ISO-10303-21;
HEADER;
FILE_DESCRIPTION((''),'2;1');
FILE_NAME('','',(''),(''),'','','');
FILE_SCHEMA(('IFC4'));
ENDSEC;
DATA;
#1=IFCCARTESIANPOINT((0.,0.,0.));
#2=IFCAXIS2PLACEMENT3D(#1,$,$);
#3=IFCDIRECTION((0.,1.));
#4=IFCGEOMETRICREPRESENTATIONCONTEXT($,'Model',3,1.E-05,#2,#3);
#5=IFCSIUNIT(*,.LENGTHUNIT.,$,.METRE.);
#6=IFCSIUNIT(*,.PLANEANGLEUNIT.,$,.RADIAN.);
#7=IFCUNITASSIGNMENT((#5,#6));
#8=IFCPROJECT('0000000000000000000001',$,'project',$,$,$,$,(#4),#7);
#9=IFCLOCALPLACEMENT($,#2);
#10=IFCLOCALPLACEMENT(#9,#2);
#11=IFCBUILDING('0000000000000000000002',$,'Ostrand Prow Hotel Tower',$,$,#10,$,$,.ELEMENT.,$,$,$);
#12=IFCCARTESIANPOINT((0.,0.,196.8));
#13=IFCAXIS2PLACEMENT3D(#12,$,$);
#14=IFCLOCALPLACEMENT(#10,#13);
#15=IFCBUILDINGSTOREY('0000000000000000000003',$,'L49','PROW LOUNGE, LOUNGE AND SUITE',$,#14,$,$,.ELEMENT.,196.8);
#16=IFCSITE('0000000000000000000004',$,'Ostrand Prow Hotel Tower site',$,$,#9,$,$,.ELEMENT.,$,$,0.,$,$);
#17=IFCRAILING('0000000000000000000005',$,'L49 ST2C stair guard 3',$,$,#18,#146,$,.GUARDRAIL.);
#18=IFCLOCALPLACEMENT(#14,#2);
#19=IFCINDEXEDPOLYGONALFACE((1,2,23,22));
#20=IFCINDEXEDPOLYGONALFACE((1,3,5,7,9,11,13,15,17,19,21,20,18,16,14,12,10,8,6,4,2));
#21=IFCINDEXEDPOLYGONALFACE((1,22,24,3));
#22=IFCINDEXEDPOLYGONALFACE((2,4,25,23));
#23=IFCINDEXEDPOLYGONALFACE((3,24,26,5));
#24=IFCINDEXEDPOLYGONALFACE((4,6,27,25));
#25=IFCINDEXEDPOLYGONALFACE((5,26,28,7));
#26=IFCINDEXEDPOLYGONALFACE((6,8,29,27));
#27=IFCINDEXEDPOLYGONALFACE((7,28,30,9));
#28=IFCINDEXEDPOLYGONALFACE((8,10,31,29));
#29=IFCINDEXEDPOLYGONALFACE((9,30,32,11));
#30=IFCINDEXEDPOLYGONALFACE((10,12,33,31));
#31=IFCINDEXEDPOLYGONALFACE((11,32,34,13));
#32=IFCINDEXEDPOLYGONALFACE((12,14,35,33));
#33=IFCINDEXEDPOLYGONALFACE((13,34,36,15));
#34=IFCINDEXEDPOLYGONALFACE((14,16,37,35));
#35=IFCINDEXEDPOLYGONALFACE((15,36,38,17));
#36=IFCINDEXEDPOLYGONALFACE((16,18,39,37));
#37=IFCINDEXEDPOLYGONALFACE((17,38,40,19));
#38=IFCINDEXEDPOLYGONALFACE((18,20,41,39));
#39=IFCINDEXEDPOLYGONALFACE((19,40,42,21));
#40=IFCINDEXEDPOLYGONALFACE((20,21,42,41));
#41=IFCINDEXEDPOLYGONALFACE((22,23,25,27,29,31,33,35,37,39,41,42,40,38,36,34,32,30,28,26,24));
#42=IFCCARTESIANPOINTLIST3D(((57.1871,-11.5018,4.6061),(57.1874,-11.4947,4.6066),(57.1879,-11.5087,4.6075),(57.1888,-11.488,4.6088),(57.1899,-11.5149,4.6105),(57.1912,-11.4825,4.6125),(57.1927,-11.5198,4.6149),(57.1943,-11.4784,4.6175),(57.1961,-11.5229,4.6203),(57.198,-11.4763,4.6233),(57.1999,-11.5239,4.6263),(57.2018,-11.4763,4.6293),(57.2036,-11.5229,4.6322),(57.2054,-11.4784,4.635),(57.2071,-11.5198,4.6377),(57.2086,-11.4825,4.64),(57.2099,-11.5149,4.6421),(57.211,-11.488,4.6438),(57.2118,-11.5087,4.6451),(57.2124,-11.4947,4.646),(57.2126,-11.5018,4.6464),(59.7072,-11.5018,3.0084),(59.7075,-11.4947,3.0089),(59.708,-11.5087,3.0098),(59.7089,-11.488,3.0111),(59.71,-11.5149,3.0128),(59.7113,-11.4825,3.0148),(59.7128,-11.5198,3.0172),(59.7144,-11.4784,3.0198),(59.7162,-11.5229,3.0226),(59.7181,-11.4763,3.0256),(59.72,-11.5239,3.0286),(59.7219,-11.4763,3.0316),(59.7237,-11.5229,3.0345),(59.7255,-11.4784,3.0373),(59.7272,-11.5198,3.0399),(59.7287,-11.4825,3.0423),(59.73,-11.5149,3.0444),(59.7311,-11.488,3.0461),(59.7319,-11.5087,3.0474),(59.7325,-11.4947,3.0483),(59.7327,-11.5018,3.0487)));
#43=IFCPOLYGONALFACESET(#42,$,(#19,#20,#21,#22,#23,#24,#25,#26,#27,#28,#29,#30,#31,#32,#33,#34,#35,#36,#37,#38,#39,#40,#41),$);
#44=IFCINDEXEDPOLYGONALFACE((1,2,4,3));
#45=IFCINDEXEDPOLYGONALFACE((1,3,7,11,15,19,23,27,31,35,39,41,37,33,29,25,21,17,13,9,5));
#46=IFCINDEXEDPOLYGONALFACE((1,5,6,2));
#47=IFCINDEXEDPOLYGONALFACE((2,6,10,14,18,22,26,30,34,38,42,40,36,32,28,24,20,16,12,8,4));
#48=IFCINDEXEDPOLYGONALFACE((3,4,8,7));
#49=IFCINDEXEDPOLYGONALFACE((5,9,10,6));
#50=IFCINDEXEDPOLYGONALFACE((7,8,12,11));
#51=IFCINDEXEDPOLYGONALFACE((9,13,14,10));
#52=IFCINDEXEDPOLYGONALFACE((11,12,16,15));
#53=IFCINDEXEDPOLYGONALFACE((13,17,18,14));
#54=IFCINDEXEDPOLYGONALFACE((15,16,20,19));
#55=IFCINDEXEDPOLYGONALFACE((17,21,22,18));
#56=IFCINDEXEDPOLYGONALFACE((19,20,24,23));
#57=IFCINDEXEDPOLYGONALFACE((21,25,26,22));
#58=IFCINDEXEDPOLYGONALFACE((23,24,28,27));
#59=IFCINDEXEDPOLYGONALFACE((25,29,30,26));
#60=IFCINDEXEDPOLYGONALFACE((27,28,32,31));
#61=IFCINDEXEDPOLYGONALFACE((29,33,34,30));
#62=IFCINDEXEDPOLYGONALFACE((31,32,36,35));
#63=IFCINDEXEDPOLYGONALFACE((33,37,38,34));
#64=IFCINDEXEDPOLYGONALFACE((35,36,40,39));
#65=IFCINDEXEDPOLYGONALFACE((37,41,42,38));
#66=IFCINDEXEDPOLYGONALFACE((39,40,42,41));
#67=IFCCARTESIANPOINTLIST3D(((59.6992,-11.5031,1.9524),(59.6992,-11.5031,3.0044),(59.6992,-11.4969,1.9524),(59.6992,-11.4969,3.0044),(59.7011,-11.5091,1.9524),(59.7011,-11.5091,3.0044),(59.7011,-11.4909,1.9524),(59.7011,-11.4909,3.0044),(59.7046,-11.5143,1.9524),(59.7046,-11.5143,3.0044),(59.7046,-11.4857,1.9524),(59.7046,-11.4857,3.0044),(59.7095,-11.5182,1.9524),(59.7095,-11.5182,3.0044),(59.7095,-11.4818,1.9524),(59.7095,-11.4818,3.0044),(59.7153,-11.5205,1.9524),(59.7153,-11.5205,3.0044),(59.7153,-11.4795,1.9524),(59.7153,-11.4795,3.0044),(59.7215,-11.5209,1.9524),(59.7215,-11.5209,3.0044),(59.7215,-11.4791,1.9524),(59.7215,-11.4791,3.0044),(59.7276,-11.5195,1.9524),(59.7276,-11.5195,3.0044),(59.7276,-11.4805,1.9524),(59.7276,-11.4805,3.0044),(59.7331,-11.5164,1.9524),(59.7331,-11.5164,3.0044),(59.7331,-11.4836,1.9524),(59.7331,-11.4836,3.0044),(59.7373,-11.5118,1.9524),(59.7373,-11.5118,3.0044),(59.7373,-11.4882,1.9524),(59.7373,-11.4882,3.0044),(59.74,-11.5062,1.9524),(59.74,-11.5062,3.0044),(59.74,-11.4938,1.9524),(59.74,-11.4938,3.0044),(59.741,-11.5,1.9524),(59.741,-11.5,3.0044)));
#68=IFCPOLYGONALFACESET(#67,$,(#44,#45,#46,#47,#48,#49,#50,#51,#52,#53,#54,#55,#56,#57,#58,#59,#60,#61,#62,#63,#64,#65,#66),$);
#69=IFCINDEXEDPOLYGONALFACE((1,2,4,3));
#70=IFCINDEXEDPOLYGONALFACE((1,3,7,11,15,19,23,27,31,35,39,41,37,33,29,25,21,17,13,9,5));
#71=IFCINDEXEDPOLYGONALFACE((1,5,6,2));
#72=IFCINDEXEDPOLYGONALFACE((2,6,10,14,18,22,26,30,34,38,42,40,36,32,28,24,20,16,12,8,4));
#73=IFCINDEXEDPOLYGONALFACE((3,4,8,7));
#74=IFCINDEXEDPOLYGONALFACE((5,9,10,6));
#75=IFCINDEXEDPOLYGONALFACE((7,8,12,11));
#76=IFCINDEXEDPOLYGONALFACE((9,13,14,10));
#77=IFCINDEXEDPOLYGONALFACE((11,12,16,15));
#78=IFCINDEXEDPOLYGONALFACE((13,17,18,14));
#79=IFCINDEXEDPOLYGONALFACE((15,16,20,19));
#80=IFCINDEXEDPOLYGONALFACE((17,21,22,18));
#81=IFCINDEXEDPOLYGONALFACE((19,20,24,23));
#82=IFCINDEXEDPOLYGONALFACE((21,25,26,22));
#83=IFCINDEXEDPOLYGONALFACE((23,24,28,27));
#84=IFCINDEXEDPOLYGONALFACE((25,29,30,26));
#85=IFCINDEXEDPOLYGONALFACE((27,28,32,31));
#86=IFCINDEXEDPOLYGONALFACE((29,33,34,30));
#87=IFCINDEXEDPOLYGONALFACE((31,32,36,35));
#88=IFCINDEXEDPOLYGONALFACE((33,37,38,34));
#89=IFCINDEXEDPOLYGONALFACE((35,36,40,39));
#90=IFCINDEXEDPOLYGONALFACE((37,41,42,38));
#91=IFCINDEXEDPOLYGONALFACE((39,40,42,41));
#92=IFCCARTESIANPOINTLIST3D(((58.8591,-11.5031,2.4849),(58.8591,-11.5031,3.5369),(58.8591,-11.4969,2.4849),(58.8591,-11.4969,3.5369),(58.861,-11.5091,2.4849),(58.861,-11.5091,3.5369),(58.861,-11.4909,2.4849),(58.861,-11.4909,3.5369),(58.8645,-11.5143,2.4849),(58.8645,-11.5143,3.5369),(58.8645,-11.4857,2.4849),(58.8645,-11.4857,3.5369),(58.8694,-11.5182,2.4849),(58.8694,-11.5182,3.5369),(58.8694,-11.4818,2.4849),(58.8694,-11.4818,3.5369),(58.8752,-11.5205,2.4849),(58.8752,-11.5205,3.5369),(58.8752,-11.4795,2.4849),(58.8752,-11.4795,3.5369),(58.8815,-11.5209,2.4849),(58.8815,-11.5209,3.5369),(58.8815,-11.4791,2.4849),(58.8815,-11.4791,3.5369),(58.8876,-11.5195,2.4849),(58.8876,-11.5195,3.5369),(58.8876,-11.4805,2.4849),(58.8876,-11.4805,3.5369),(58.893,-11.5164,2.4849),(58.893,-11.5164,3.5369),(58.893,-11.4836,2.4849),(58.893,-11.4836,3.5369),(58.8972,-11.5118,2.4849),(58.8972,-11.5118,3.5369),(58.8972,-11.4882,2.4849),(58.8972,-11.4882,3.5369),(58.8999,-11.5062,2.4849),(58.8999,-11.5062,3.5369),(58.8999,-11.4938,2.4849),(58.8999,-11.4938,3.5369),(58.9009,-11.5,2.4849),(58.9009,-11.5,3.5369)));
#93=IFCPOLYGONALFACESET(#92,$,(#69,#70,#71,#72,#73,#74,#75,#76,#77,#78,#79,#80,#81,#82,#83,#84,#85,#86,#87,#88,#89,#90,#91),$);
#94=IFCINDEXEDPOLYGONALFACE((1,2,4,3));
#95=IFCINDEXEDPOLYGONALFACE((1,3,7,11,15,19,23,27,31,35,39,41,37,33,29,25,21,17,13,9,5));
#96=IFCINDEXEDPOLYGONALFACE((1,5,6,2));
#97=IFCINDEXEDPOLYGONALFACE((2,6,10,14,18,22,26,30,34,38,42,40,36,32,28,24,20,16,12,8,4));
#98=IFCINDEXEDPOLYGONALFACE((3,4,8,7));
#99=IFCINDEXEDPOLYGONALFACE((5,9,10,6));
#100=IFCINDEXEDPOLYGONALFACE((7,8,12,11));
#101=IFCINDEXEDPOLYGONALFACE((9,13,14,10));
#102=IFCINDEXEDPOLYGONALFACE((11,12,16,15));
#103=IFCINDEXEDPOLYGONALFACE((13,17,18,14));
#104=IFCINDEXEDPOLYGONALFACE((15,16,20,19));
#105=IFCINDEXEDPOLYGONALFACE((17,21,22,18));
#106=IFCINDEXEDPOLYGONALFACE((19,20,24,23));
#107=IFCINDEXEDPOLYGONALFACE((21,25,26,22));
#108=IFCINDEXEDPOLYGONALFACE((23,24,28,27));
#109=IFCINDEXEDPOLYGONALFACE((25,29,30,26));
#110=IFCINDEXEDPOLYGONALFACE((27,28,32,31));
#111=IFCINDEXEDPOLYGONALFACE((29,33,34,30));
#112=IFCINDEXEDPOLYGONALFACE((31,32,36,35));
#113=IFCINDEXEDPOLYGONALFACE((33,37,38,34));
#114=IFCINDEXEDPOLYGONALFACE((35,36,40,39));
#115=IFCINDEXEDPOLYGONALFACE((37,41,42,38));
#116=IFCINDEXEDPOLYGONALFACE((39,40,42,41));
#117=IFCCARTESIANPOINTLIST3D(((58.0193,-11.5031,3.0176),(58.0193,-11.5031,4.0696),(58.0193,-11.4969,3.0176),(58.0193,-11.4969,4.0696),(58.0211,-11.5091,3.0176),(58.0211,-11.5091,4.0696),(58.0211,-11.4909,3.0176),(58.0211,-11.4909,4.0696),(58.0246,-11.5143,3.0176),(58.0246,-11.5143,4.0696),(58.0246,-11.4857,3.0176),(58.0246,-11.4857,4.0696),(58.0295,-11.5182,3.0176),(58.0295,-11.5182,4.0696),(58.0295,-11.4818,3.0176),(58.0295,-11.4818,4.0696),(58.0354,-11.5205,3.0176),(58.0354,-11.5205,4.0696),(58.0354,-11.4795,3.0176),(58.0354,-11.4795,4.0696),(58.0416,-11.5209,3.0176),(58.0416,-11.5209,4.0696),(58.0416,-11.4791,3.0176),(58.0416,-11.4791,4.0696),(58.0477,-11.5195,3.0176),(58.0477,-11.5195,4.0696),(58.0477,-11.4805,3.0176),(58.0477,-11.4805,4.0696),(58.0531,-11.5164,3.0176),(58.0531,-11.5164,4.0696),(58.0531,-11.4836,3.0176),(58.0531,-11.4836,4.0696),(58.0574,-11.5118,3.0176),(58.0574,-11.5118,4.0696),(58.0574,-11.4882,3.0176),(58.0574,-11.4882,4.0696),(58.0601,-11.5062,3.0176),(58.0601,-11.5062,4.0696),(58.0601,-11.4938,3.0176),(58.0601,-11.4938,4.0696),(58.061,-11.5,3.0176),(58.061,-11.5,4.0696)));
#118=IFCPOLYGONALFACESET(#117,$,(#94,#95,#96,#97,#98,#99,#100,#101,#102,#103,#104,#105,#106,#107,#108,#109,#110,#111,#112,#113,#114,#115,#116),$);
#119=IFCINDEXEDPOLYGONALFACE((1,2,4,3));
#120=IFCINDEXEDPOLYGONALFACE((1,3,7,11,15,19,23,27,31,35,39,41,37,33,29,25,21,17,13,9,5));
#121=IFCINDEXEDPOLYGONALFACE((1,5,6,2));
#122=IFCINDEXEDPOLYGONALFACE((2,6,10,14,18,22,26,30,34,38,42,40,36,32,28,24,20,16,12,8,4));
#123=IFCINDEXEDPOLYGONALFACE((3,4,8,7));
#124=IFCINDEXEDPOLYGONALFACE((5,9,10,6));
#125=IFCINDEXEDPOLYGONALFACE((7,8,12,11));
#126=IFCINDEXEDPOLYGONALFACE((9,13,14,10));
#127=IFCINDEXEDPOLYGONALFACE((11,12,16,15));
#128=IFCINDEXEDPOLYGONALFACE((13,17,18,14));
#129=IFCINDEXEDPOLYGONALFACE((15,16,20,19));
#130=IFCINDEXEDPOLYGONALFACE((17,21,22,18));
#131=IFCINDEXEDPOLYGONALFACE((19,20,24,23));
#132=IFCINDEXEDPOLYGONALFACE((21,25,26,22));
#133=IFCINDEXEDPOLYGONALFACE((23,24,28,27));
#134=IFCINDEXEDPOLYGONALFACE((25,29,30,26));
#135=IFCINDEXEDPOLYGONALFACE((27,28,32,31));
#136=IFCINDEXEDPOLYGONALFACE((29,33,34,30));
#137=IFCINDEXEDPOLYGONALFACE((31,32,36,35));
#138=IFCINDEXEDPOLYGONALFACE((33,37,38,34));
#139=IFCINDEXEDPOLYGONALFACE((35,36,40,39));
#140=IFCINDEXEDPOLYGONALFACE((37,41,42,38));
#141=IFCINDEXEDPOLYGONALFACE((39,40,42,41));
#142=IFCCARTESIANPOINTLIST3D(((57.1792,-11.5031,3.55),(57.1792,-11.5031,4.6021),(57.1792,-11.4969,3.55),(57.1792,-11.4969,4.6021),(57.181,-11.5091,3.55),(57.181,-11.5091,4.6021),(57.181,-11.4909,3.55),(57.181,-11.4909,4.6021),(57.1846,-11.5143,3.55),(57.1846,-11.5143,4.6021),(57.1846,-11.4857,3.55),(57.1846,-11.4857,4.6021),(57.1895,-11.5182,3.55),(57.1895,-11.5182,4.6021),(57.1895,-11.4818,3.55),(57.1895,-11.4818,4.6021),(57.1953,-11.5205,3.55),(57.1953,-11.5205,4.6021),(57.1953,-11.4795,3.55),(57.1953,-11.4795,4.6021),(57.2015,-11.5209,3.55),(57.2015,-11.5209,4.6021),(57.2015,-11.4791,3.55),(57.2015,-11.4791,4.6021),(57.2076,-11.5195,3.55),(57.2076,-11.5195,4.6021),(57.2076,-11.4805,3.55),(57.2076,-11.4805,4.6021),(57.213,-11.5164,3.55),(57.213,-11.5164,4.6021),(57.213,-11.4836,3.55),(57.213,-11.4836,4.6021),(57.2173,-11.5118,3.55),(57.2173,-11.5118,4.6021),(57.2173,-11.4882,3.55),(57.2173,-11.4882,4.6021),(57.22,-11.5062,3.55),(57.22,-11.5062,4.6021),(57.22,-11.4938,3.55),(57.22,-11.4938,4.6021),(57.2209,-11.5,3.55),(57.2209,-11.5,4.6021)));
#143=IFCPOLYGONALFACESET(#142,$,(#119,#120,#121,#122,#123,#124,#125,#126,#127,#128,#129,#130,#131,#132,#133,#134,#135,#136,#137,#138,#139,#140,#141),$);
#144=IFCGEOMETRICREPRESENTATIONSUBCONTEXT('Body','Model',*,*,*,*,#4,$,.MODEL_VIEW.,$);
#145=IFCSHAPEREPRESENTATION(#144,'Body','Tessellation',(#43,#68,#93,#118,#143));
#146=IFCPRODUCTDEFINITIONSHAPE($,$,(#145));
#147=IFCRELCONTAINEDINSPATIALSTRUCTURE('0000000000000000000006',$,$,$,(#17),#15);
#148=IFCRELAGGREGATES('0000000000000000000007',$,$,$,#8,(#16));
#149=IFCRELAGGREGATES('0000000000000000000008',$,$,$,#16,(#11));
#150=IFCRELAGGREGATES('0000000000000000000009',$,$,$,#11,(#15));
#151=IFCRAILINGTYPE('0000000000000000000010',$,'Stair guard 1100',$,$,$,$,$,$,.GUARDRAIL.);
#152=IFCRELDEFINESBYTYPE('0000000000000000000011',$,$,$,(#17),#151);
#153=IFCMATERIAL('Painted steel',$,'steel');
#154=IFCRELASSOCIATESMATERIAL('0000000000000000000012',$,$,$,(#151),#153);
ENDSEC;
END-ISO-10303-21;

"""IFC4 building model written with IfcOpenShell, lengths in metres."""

from ifc_helpers import new_model, si_unit, direction, frame, origin, origin_2d, place, context, subcontext, project, spatial, circle, extrude, material, type_object, element, save


model = new_model("IFC4")

# Units and contexts
model_context = context("Model", 3, precision=1e-05, world=origin(), true_north=direction((0.0, 1.0)))
body_context = subcontext(model_context, "Body", "Model", "MODEL_VIEW")
ifc_project = project(units=[si_unit("LENGTHUNIT", "METRE"), si_unit("PLANEANGLEUNIT", "RADIAN")], contexts=[model_context])

# Site, building, storey
site_placement = place(None, origin())
site = spatial("IfcSite", under=ifc_project, at=site_placement, Name="Ostrand Prow Hotel Tower site", CompositionType="ELEMENT", RefElevation=0.0)
building_placement = place(site_placement, origin())
building = spatial("IfcBuilding", under=site, at=building_placement, Name="Ostrand Prow Hotel Tower", CompositionType="ELEMENT")
storey_placement = place(building_placement, frame((0.0, 0.0, 196.8)))
storey = spatial("IfcBuildingStorey", under=building, at=storey_placement, Name="L49", Description="PROW LOUNGE, LOUNGE AND SUITE", CompositionType="ELEMENT", Elevation=196.8)

# Railing
ifc_material_1 = material(Name="Painted steel", Category="steel")
railing_type_1 = type_object("IfcRailingType", Name="Stair guard 1100", PredefinedType="GUARDRAIL", material=ifc_material_1)
railing_1_placement = place(storey_placement, frame((59.72, -11.5, 1.9524)))
element("IfcRailing", 1, at=railing_1_placement, inside=storey, type_object=railing_type_1, Name="L49 ST2C stair guard 3", PredefinedType="GUARDRAIL", context=body_context, shape_type="SweptSolid", body=[
    extrude(circle(Radius=0.0239, at=origin_2d()), frame((0.0, 0.0, 1.0762), z_axis=(-0.84457, 0.0, 0.535445), x_axis=(0.0, -1.0, 0.0)), (0.0, 0.0, 1.0), 2.9839),
    extrude(circle(Radius=0.021, at=origin_2d()), origin(), (0.0, 0.0, 1.0), 1.052),
    extrude(circle(Radius=0.021, at=origin_2d()), frame((-0.8401, 0.0, 0.5325)), (0.0, 0.0, 1.0), 1.052),
    extrude(circle(Radius=0.021, at=origin_2d()), frame((-1.6799, 0.0, 1.0652)), (0.0, 0.0, 1.0), 1.052),
    extrude(circle(Radius=0.021, at=origin_2d()), frame((-2.52, 0.0, 1.5977)), (0.0, 0.0, 1.0), 1.052),
])

save(model, "model.ifc")
